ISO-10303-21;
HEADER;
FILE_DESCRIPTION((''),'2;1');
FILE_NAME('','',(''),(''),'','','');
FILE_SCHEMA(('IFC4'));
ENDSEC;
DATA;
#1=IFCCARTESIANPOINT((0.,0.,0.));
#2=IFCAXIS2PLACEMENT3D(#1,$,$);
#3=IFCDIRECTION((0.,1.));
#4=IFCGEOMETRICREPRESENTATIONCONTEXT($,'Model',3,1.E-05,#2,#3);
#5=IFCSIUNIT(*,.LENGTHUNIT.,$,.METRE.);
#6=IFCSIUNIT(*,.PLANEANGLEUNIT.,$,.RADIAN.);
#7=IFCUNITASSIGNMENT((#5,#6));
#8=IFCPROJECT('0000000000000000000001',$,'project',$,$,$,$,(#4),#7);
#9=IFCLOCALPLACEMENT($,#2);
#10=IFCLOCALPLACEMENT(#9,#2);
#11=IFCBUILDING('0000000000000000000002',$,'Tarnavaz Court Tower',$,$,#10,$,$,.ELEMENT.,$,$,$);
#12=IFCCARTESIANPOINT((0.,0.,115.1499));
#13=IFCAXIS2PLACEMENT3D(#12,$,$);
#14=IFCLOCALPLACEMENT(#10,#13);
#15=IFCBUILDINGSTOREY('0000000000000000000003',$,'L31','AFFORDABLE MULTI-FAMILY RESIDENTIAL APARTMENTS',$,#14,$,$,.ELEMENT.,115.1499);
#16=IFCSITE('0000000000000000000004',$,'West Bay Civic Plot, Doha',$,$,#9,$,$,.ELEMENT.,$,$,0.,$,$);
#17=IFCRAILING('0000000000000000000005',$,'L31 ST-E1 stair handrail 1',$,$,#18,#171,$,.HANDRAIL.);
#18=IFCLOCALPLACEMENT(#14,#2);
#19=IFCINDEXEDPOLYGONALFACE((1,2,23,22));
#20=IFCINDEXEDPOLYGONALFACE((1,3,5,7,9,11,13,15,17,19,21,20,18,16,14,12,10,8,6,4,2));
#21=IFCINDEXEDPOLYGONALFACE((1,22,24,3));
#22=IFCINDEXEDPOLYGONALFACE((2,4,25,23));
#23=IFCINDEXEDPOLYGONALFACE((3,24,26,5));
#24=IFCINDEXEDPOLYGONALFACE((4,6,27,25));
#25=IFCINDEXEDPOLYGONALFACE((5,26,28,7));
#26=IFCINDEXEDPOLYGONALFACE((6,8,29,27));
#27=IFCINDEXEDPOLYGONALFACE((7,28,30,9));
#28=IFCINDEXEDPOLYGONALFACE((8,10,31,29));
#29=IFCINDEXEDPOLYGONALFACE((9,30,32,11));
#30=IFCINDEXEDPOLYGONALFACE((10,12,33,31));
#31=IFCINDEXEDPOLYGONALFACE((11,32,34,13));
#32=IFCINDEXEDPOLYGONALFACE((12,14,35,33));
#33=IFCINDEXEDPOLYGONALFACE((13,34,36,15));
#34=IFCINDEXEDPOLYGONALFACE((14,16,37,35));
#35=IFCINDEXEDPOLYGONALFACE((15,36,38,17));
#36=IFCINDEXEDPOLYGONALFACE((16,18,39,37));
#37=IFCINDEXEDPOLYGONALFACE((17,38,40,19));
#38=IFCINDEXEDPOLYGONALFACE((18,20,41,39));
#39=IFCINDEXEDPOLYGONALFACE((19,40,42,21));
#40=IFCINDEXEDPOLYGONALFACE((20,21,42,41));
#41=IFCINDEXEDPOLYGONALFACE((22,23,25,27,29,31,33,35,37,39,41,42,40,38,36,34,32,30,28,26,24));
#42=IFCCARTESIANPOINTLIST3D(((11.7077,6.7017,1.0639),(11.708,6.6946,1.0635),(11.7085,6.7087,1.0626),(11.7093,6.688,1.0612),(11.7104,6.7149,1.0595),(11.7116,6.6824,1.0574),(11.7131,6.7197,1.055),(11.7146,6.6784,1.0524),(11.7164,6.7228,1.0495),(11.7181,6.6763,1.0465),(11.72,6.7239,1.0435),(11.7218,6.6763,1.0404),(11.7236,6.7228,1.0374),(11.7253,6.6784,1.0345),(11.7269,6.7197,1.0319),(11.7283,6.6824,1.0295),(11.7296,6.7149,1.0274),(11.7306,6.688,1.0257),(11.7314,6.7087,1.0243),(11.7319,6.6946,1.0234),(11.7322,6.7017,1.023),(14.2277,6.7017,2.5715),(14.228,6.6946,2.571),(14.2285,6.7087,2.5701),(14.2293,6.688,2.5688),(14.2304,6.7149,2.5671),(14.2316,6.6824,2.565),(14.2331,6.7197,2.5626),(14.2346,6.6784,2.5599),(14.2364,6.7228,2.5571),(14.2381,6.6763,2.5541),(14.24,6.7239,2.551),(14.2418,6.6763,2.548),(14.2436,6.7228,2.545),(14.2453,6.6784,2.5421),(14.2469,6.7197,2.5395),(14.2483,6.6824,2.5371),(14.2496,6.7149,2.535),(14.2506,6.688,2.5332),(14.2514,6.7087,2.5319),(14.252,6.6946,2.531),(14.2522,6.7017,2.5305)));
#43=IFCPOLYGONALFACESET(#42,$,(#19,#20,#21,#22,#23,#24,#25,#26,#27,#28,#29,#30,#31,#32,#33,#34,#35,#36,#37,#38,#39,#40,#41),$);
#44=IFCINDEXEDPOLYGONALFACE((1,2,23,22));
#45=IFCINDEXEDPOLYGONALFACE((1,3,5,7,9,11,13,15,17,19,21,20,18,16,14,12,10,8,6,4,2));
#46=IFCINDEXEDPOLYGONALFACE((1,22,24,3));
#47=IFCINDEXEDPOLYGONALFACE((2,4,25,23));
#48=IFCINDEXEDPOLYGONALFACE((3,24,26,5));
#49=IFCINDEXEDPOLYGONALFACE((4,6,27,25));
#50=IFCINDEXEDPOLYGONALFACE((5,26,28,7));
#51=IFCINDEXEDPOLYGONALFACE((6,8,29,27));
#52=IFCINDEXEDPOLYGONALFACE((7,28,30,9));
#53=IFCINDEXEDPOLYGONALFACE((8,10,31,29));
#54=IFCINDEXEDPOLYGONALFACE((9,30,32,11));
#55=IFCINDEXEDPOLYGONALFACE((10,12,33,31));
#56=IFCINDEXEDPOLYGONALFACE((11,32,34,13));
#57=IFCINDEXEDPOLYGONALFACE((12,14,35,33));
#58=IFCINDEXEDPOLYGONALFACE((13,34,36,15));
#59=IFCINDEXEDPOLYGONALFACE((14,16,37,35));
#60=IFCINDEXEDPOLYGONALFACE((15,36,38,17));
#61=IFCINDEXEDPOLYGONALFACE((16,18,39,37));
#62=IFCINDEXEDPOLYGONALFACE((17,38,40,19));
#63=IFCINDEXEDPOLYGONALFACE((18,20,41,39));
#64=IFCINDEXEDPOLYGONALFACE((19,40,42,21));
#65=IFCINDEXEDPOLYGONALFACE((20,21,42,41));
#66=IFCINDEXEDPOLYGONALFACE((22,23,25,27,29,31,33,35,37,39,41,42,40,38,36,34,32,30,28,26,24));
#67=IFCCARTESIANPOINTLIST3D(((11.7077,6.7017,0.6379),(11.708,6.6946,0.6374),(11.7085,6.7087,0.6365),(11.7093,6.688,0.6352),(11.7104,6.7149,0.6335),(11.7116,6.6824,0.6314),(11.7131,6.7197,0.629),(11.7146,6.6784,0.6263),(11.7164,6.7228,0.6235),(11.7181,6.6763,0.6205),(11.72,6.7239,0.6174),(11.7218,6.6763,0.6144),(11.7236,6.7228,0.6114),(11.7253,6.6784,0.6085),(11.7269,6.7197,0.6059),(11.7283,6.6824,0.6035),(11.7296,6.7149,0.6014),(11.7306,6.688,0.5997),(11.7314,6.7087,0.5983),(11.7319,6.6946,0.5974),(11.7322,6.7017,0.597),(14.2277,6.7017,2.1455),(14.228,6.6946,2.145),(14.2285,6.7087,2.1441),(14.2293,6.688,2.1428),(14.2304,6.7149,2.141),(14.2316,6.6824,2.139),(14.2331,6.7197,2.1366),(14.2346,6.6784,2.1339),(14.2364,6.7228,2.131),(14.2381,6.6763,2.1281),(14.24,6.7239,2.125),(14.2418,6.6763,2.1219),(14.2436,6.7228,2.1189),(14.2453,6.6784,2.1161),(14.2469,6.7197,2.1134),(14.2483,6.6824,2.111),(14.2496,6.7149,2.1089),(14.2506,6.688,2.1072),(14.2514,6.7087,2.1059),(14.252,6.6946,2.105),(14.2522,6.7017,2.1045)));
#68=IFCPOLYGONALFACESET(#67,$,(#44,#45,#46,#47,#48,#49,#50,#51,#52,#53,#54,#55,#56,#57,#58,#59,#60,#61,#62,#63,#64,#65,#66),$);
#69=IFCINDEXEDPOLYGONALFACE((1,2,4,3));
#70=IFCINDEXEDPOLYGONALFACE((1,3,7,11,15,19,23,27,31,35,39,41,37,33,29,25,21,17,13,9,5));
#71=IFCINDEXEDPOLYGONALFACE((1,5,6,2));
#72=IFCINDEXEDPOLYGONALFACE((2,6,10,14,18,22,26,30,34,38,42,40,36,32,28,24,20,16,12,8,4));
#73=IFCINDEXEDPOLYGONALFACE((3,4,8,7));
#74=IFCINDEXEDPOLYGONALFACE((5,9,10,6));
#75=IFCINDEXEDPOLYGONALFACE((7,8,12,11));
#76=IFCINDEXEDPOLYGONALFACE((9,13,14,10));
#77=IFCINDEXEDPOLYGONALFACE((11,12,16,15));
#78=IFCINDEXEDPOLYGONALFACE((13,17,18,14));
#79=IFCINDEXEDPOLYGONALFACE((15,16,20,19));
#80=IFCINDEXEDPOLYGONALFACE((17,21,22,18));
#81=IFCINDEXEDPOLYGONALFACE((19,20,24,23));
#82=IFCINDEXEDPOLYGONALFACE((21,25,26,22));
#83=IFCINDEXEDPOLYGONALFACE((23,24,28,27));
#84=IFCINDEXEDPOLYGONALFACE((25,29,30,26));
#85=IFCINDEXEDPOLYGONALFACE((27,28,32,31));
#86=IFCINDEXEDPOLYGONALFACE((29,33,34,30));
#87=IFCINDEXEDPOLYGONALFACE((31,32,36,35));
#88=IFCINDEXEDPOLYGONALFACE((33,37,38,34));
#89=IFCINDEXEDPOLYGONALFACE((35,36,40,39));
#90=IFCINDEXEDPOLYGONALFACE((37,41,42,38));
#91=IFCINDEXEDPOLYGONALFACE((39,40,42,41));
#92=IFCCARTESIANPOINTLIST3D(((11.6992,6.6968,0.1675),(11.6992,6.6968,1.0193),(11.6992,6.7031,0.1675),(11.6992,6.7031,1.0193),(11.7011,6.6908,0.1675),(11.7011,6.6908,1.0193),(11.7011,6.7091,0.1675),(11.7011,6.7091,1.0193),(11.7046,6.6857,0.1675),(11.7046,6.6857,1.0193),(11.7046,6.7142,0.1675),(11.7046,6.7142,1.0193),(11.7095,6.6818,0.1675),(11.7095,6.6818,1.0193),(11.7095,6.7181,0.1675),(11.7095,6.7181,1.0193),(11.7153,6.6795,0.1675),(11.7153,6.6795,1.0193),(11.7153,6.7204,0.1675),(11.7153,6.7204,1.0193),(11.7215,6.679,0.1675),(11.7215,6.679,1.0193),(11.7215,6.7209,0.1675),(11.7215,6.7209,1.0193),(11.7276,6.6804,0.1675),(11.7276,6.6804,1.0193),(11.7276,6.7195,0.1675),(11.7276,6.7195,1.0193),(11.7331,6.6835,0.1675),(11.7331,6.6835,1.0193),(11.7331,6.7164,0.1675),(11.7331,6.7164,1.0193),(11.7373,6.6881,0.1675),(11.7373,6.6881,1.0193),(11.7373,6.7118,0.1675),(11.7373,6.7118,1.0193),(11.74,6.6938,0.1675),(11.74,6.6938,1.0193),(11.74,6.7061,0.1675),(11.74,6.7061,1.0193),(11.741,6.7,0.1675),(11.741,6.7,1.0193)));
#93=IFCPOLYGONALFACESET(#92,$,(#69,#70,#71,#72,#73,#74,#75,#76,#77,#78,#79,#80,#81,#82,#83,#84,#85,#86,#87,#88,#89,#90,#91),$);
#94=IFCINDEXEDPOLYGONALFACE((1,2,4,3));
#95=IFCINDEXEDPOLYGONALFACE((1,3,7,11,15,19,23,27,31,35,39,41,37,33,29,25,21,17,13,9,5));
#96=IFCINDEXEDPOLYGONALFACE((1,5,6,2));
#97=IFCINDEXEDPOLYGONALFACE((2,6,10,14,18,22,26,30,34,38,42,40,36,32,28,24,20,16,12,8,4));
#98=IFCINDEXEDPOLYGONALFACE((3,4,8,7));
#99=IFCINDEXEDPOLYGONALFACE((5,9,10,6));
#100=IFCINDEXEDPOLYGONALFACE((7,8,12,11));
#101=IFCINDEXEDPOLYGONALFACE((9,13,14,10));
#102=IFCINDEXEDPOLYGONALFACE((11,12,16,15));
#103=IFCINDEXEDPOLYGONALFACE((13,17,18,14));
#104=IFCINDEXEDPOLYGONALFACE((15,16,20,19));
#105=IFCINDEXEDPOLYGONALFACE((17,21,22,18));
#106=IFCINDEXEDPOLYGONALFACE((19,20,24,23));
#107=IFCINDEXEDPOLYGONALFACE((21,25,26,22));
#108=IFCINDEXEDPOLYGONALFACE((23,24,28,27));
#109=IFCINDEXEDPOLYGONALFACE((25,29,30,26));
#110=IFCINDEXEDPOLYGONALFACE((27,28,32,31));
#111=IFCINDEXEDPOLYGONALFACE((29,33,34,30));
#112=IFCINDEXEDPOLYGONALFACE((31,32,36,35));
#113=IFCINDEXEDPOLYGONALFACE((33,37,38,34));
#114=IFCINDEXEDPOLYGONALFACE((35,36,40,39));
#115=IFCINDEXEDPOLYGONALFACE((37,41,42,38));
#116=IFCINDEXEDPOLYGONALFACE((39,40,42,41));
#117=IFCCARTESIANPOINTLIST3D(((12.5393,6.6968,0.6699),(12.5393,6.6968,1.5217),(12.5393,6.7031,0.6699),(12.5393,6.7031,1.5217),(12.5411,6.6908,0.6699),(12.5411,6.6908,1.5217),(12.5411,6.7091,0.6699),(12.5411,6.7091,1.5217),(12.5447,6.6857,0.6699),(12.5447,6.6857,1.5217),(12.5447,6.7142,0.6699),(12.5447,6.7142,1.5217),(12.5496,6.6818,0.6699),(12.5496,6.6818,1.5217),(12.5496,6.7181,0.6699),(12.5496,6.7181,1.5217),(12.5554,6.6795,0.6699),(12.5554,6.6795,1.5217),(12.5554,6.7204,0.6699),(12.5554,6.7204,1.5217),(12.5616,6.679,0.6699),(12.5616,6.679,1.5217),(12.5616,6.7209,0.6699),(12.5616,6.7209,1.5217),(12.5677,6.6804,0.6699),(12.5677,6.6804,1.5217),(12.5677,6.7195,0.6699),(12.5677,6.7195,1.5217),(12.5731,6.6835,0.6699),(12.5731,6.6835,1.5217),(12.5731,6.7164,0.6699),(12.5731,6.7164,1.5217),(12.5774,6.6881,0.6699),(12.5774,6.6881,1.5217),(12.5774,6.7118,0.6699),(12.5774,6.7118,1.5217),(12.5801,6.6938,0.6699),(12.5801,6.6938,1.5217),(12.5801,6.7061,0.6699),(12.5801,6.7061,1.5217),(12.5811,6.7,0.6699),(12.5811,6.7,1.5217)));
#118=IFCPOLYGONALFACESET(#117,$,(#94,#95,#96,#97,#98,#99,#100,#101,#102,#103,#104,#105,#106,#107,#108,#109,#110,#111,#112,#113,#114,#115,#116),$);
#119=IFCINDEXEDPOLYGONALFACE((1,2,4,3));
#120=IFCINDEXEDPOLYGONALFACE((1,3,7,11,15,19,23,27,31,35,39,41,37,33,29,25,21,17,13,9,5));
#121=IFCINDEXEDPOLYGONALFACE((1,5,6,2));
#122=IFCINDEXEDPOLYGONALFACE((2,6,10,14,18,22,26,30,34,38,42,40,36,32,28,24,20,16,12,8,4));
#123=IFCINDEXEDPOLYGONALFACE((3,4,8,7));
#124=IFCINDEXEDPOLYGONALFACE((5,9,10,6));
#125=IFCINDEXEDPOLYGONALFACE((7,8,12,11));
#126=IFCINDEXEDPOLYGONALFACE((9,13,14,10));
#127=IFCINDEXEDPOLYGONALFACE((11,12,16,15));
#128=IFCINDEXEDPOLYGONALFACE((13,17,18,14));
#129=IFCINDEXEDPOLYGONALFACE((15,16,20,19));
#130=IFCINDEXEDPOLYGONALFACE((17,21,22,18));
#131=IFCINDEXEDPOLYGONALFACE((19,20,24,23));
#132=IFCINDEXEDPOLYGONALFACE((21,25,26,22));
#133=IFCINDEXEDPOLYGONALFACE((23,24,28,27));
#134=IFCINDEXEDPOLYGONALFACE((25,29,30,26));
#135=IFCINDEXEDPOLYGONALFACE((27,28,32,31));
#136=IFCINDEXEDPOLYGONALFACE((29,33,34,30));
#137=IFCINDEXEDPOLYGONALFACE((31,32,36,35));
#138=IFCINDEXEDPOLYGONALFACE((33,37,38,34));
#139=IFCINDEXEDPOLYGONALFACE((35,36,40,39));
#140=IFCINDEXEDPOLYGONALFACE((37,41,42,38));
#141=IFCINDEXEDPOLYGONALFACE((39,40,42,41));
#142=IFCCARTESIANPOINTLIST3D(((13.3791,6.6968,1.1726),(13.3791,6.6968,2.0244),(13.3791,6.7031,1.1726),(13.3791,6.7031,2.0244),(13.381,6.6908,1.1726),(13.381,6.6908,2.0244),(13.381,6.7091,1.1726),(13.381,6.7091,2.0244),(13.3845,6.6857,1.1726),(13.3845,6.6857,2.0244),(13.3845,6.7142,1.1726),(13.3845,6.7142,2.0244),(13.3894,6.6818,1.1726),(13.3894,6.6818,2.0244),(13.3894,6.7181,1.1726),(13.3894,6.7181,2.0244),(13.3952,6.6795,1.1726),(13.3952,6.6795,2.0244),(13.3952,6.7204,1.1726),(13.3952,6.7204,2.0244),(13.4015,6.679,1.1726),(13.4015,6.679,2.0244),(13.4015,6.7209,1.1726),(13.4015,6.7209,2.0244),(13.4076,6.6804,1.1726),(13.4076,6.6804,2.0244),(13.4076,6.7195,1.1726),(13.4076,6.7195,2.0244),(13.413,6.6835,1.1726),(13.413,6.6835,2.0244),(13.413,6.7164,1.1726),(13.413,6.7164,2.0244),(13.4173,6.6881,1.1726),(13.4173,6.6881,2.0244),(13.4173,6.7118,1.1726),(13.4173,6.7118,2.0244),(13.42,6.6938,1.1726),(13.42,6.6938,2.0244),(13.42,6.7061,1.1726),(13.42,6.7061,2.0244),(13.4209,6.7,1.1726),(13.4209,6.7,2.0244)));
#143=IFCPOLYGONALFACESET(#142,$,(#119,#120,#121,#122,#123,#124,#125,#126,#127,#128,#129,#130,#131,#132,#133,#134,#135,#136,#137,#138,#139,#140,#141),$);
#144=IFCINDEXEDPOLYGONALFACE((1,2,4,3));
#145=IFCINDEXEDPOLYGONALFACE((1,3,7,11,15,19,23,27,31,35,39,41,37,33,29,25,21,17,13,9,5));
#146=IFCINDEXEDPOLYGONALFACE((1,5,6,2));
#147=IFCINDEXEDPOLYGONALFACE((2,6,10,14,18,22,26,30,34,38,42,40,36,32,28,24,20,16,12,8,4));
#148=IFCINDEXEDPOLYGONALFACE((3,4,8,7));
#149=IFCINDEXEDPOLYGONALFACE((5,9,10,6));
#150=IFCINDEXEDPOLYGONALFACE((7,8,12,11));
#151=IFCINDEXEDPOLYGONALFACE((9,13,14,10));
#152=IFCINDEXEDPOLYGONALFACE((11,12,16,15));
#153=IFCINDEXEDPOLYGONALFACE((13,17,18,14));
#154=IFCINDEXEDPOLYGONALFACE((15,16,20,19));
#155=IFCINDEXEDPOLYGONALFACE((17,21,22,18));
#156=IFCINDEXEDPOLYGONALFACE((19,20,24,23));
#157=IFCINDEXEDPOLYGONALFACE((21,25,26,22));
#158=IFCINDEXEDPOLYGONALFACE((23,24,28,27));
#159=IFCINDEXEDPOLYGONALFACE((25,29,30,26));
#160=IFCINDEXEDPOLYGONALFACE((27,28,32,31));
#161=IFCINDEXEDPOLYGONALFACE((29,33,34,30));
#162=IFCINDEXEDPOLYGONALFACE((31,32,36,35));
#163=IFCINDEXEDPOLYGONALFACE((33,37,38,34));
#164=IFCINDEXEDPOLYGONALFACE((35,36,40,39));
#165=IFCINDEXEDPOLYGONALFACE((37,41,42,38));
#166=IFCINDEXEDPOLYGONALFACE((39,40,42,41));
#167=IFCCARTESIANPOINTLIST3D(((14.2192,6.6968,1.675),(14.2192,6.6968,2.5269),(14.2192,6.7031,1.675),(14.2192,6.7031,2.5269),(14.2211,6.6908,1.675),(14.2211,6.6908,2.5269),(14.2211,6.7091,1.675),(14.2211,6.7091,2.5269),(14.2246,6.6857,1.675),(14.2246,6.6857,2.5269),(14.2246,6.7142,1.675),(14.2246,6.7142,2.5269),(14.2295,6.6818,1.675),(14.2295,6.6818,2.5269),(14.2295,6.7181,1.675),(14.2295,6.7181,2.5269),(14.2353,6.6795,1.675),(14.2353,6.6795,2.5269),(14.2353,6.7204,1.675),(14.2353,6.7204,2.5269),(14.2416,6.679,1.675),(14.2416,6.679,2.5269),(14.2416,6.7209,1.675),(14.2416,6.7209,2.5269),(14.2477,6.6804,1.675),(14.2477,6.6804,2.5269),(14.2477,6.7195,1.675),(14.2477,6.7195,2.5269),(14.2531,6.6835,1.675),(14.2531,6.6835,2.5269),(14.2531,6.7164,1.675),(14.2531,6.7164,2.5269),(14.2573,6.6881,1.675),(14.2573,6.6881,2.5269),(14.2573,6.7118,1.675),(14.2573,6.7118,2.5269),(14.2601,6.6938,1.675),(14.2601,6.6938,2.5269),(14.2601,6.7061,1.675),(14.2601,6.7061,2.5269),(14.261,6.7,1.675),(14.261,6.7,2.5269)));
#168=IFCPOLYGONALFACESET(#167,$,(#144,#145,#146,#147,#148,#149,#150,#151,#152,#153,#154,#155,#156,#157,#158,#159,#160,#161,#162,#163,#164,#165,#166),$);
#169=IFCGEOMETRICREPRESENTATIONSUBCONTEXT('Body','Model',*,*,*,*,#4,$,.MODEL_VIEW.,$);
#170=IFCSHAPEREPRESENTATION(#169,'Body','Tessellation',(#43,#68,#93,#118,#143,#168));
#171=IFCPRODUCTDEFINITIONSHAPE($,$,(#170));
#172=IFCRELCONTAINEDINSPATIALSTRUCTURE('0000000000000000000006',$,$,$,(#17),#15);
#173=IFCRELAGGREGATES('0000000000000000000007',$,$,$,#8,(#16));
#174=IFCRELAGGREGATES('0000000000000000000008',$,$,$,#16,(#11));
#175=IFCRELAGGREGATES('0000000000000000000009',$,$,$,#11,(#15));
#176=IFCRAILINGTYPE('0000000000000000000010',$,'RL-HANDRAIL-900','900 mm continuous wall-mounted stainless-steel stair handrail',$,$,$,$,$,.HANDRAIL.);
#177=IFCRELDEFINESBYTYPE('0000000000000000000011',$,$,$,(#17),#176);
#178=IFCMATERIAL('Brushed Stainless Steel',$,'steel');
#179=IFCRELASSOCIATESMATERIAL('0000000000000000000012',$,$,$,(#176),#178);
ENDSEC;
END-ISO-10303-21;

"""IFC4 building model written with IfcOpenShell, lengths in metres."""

from ifc_helpers import new_model, si_unit, direction, frame, origin, origin_2d, place, context, subcontext, project, spatial, circle, extrude, material, type_object, element, save


model = new_model("IFC4")

# Units and contexts
model_context = context("Model", 3, precision=1e-05, world=origin(), true_north=direction((0.0, 1.0)))
body_context = subcontext(model_context, "Body", "Model", "MODEL_VIEW")
ifc_project = project(units=[si_unit("LENGTHUNIT", "METRE"), si_unit("PLANEANGLEUNIT", "RADIAN")], contexts=[model_context])

# Site, building, storey
site_placement = place(None, origin())
site = spatial("IfcSite", under=ifc_project, at=site_placement, Name="West Bay Civic Plot, Doha", CompositionType="ELEMENT", RefElevation=0.0)
building_placement = place(site_placement, origin())
building = spatial("IfcBuilding", under=site, at=building_placement, Name="Tarnavaz Court Tower", CompositionType="ELEMENT")
storey_placement = place(building_placement, frame((0.0, 0.0, 115.1499)))
storey = spatial("IfcBuildingStorey", under=building, at=storey_placement, Name="L31", Description="AFFORDABLE MULTI-FAMILY RESIDENTIAL APARTMENTS", CompositionType="ELEMENT", Elevation=115.1499)

# Railing
ifc_material_1 = material(Name="Brushed Stainless Steel", Category="steel")
railing_type_1 = type_object("IfcRailingType", Name="RL-HANDRAIL-900", Description="900 mm continuous wall-mounted stainless-steel stair handrail", PredefinedType="HANDRAIL", material=ifc_material_1)
railing_1_placement = place(storey_placement, frame((11.72, 6.7, 0.1675)))
element("IfcRailing", 1, at=railing_1_placement, inside=storey, type_object=railing_type_1, Name="L31 ST-E1 stair handrail 1", PredefinedType="HANDRAIL", context=body_context, shape_type="SweptSolid", body=[
    extrude(circle(Radius=0.0239, at=origin_2d()), frame((0.0, 0.0, 0.876), z_axis=(0.85816, 0.0, 0.513383), x_axis=(0.0, 1.0, 0.0)), (0.0, 0.0, 1.0), 2.9365),
    extrude(circle(Radius=0.0239, at=origin_2d()), frame((0.0, 0.0, 0.45), z_axis=(0.85816, 0.0, 0.513383), x_axis=(0.0, 1.0, 0.0)), (0.0, 0.0, 1.0), 2.9365),
    extrude(circle(Radius=0.021, at=origin_2d()), origin(), (0.0, 0.0, 1.0), 0.8518),
    extrude(circle(Radius=0.021, at=origin_2d()), frame((0.8401, 0.0, 0.5024)), (0.0, 0.0, 1.0), 0.8518),
    extrude(circle(Radius=0.021, at=origin_2d()), frame((1.6799, 0.0, 1.0051)), (0.0, 0.0, 1.0), 0.8518),
    extrude(circle(Radius=0.021, at=origin_2d()), frame((2.52, 0.0, 1.5076)), (0.0, 0.0, 1.0), 0.8518),
])

save(model, "model.ifc")
